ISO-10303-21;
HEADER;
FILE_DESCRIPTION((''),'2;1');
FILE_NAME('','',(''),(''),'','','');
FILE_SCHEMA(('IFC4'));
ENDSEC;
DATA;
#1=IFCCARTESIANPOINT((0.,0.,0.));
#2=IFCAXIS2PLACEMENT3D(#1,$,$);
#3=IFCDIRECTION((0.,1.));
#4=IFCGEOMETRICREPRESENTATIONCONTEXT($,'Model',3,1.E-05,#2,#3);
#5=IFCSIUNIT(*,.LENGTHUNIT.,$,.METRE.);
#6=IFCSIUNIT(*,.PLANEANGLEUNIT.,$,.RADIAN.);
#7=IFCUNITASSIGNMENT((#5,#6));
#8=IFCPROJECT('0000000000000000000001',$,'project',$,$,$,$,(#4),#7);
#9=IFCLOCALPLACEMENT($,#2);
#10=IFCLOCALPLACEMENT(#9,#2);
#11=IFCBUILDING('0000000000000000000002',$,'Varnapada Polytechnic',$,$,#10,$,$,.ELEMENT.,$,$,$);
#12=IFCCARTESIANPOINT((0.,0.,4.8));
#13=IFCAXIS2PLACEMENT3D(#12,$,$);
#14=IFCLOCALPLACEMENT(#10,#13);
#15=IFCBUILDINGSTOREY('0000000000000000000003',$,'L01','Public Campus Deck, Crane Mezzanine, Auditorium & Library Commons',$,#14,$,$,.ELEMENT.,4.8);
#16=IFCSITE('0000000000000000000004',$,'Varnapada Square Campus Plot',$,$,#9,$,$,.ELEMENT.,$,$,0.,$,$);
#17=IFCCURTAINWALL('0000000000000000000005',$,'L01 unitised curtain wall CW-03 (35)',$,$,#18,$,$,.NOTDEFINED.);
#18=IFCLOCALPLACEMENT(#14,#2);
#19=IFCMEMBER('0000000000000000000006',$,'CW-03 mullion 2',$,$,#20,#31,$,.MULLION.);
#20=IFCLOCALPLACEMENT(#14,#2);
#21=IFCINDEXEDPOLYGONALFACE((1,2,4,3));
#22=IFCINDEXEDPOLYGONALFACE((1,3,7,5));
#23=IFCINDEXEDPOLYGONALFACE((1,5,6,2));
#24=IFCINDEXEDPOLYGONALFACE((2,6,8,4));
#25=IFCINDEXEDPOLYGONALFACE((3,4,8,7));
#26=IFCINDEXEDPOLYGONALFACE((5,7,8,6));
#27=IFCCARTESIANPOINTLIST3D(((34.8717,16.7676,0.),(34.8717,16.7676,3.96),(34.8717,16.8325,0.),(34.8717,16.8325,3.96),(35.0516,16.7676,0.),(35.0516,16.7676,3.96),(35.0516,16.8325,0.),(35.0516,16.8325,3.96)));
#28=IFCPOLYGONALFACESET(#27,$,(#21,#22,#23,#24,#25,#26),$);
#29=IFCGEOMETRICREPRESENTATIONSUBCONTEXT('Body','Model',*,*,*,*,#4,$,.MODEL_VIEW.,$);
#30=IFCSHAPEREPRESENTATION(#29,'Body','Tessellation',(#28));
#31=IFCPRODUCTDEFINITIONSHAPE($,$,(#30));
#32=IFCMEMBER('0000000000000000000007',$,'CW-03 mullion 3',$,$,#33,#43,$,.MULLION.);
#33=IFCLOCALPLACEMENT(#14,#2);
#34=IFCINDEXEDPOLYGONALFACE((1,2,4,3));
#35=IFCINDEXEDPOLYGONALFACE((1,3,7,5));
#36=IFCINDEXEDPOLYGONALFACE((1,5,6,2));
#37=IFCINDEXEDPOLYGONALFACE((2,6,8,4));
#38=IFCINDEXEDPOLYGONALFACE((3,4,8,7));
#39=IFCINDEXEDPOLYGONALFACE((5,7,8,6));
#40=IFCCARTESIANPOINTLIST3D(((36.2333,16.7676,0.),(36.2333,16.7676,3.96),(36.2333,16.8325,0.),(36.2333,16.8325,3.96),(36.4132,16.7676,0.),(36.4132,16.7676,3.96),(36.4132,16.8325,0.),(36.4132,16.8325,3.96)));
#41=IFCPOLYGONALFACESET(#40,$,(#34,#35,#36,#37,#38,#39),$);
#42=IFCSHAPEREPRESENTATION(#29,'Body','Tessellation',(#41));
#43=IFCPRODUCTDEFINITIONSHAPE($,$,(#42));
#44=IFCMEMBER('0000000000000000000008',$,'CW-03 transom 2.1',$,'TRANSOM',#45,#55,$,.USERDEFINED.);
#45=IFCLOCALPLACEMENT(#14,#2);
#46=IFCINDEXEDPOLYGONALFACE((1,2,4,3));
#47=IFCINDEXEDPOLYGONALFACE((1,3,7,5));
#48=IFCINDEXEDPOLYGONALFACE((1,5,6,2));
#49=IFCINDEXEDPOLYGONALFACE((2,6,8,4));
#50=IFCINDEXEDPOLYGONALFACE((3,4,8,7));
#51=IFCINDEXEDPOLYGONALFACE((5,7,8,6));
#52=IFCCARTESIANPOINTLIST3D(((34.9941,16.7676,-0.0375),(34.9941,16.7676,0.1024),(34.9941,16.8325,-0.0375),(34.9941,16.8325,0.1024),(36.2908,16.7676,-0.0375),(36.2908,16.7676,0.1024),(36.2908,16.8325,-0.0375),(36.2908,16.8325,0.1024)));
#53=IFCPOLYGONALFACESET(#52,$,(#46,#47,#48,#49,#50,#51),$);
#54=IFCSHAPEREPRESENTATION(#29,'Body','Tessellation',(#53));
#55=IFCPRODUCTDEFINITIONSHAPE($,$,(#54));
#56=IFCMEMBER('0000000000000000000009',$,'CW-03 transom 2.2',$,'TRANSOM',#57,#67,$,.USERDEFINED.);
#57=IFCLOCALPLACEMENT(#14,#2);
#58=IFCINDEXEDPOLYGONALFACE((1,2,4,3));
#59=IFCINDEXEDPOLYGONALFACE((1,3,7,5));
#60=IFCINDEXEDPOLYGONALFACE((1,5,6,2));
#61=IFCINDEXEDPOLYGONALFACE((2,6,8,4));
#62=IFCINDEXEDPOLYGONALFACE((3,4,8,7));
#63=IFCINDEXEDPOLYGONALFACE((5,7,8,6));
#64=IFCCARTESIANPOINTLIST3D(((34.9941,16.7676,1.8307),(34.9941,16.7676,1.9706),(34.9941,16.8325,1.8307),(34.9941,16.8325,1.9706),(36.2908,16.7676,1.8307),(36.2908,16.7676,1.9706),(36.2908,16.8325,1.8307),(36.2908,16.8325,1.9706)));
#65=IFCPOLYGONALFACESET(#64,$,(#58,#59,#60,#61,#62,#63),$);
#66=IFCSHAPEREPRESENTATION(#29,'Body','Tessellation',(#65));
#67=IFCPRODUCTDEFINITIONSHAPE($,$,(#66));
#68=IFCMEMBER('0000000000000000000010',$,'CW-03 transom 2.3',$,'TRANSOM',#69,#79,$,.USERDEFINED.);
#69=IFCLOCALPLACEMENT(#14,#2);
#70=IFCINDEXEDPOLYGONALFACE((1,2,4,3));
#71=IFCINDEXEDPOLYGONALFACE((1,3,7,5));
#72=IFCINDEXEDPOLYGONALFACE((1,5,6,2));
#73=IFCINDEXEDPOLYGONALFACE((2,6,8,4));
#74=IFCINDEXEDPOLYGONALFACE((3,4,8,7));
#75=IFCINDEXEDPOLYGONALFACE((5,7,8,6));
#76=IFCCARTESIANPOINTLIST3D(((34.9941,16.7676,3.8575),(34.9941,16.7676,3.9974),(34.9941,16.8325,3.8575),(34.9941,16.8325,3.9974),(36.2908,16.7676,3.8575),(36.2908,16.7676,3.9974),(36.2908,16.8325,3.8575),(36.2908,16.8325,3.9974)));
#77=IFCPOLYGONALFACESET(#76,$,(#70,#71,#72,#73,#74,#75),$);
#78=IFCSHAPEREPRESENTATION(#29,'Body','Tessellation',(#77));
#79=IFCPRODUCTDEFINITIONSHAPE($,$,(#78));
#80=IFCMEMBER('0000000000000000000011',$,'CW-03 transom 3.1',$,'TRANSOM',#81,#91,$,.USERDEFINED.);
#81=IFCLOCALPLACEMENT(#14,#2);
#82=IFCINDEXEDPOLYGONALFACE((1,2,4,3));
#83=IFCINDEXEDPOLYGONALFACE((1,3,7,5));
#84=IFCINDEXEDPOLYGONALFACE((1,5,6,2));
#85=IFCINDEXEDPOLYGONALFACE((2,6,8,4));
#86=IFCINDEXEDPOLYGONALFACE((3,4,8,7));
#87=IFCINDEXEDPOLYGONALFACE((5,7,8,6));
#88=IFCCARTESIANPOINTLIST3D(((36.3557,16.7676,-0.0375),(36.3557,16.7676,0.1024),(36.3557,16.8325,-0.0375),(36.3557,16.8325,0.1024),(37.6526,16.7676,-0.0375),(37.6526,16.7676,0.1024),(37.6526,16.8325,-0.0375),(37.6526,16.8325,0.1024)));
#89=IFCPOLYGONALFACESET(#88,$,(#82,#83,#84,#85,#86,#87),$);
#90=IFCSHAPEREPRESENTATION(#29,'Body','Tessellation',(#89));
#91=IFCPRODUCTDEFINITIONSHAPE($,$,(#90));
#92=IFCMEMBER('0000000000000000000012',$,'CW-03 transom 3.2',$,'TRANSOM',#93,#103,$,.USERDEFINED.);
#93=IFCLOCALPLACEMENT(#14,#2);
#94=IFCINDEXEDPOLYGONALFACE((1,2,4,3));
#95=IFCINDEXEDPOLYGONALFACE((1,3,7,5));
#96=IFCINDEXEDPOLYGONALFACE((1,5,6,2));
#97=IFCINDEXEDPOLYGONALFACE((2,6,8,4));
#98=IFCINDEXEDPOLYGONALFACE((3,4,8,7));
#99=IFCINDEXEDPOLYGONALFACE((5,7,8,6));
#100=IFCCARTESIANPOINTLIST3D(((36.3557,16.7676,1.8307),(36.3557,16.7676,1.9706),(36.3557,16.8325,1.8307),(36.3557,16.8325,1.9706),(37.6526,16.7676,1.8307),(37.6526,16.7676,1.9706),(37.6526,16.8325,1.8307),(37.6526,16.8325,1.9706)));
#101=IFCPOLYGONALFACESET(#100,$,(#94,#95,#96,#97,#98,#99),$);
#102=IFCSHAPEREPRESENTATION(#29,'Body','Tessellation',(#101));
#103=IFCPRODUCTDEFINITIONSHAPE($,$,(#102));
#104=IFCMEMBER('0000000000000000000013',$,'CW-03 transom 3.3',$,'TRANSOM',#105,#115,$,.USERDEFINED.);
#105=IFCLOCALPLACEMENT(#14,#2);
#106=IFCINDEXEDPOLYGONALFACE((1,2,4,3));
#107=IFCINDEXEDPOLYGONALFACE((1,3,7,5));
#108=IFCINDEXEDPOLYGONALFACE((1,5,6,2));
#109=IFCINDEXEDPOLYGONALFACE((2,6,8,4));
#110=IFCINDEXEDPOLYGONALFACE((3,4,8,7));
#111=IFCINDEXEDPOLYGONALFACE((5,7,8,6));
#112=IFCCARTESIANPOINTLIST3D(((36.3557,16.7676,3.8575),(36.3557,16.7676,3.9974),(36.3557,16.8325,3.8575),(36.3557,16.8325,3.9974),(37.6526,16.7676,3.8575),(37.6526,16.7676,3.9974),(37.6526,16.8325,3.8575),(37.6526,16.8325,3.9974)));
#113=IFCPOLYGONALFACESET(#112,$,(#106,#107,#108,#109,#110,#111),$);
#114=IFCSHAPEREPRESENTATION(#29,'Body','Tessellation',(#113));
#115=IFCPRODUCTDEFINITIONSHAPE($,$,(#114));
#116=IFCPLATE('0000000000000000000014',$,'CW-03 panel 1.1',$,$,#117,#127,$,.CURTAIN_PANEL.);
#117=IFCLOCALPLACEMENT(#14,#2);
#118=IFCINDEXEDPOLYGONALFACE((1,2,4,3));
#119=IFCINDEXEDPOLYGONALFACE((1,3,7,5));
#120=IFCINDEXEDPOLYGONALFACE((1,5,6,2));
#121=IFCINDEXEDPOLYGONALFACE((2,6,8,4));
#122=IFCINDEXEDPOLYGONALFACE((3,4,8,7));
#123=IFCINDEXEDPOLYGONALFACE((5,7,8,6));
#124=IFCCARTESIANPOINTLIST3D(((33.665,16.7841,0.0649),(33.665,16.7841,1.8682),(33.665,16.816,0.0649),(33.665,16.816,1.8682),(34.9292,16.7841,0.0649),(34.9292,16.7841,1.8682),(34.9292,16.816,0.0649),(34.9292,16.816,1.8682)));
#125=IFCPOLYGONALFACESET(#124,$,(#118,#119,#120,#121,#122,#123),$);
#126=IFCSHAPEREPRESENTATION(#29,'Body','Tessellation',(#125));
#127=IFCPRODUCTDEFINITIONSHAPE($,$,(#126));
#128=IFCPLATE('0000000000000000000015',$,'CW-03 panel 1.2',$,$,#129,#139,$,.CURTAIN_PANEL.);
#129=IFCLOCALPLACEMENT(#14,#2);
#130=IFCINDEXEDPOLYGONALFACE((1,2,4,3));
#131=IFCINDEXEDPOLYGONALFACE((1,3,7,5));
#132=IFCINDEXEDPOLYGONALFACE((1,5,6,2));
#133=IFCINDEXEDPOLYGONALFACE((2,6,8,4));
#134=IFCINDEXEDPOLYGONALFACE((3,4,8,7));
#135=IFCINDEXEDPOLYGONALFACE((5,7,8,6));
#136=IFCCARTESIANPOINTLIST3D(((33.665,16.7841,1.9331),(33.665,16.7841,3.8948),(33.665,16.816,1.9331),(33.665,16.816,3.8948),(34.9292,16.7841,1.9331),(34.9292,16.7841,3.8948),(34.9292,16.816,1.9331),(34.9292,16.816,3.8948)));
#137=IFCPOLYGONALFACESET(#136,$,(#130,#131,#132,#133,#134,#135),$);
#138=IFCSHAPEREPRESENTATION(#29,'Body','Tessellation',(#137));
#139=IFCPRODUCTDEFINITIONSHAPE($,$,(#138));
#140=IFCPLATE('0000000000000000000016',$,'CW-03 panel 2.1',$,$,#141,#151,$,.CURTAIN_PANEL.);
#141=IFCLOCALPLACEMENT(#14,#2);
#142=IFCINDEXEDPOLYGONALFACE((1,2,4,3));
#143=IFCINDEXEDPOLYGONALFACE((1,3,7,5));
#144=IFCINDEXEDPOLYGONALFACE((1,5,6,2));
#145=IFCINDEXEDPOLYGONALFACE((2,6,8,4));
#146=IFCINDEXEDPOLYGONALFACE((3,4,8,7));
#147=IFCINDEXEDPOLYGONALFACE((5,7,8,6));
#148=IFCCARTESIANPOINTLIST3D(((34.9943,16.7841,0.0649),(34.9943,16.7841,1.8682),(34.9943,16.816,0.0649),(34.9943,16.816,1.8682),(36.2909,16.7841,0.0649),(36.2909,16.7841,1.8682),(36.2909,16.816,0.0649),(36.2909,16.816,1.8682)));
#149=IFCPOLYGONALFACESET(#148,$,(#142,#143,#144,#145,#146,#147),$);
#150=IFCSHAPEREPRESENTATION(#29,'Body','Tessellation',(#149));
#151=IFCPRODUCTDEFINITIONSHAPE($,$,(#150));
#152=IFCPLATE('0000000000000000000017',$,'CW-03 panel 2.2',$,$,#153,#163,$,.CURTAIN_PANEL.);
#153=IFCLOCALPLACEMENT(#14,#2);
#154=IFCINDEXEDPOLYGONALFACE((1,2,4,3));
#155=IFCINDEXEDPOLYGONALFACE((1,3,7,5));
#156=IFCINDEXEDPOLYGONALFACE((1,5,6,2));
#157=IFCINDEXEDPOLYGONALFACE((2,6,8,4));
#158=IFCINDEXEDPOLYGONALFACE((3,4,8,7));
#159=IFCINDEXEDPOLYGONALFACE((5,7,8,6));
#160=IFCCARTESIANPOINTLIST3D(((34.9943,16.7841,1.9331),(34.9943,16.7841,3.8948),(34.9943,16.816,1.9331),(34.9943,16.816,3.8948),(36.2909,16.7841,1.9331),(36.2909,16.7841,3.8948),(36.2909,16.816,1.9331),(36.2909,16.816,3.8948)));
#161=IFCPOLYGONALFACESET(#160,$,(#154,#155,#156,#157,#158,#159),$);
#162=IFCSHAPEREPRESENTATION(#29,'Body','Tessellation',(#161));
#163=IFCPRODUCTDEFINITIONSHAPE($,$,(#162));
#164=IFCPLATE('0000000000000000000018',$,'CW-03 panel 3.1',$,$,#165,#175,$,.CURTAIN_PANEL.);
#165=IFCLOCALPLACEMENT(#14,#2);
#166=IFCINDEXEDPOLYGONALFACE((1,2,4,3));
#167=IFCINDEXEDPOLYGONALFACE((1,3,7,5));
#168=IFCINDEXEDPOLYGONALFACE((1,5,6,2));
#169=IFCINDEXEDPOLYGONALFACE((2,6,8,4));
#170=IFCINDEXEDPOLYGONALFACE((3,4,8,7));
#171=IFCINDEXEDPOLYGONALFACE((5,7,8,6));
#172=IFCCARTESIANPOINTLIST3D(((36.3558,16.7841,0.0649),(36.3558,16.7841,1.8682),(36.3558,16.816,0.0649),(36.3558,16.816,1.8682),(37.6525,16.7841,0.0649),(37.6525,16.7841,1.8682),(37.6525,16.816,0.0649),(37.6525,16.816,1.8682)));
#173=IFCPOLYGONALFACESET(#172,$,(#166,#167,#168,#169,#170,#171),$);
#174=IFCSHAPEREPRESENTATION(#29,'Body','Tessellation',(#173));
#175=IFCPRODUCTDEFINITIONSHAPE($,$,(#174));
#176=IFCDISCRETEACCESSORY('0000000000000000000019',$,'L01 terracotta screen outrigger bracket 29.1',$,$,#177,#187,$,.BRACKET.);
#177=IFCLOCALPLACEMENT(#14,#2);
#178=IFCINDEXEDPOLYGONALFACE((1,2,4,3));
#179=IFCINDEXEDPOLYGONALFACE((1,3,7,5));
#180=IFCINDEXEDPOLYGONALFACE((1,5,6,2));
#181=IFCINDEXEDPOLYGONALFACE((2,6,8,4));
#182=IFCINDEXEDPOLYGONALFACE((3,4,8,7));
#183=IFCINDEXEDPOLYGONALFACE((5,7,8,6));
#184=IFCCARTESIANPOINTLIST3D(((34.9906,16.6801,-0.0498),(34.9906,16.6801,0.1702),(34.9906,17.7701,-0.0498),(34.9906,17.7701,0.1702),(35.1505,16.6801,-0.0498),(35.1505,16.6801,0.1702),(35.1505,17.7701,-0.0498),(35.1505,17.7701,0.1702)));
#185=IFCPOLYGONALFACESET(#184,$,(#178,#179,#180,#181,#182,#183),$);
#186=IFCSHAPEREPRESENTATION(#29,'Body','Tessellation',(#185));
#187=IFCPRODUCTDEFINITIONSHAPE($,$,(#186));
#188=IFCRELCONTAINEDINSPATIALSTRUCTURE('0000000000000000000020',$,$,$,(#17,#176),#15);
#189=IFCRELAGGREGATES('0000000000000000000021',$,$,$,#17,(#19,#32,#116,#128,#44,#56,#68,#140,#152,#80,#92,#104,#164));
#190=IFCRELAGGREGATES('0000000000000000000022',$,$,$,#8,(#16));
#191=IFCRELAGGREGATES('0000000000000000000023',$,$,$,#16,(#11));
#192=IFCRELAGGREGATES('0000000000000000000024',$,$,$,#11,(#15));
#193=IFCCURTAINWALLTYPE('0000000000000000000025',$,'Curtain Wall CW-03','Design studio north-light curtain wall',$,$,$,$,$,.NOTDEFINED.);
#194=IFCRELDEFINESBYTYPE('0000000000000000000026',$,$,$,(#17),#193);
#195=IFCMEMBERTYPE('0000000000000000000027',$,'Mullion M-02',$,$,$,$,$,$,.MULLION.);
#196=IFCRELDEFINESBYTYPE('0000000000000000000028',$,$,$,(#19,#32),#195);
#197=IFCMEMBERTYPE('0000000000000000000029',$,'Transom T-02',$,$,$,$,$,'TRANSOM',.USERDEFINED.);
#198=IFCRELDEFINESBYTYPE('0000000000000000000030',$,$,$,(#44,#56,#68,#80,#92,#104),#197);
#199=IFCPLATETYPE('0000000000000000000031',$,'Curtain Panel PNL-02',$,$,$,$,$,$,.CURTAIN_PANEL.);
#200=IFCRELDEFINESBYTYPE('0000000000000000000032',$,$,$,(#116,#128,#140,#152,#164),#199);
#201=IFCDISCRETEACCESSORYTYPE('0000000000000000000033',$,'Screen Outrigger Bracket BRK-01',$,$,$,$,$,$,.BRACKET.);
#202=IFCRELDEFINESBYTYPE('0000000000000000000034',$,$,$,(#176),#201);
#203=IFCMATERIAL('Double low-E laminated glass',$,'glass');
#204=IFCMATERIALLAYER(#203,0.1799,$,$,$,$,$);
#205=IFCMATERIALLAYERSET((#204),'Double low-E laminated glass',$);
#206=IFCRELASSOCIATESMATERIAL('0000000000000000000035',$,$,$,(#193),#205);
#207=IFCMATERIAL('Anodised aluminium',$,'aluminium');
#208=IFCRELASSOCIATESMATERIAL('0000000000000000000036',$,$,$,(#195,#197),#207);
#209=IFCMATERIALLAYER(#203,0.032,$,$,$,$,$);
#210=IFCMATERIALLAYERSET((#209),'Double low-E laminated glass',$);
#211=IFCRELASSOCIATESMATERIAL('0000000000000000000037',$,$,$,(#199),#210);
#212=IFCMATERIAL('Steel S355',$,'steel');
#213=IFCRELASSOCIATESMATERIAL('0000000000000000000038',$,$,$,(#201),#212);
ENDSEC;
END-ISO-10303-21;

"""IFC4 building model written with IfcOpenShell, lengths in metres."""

from ifc_helpers import new_model, si_unit, direction, frame, origin, origin_2d, place, context, subcontext, project, spatial, rectangle, extrude, material, layer, layer_set, material_profile, profile_set, type_object, element, aggregate, save


model = new_model("IFC4")

# Units and contexts
model_context = context("Model", 3, precision=1e-05, world=origin(), true_north=direction((0.0, 1.0)))
body_context = subcontext(model_context, "Body", "Model", "MODEL_VIEW")
ifc_project = project(units=[si_unit("LENGTHUNIT", "METRE"), si_unit("PLANEANGLEUNIT", "RADIAN")], contexts=[model_context])

# Site, building, storey
site_placement = place(None, origin())
site = spatial("IfcSite", under=ifc_project, at=site_placement, Name="Varnapada Square Campus Plot", CompositionType="ELEMENT", RefElevation=0.0)
building_placement = place(site_placement, origin())
building = spatial("IfcBuilding", under=site, at=building_placement, Name="Varnapada Polytechnic", CompositionType="ELEMENT")
storey_placement = place(building_placement, frame((0.0, 0.0, 4.8)))
storey = spatial("IfcBuildingStorey", under=building, at=storey_placement, Name="L01", Description="Public Campus Deck, Crane Mezzanine, Auditorium & Library Commons", CompositionType="ELEMENT", Elevation=4.8)

# Curtain wall, members, plates
ifc_material_1 = material(Name="Double low-E laminated glass", Category="glass")
ifc_layer_1 = layer(ifc_material_1, 0.1799)
ifc_layer_set_1 = layer_set([ifc_layer_1], Name="Double low-E laminated glass")
curtain_wall_type = type_object("IfcCurtainWallType", Name="Curtain Wall CW-03", Description="Design studio north-light curtain wall", PredefinedType="NOTDEFINED", material=ifc_layer_set_1)
curtain_wall_placement = place(storey_placement, origin())
curtain_wall = element("IfcCurtainWall", 1, at=curtain_wall_placement, inside=storey, type_object=curtain_wall_type, Name="L01 unitised curtain wall CW-03 (35)", PredefinedType="NOTDEFINED")
ifc_material_2 = material(Name="Anodised aluminium", Category="aluminium")
ifc_material_profile_1 = material_profile(ifc_material_2, rectangle(XDim=0.0649, YDim=0.1799, at=origin_2d()), Name="ALU M65x180")
ifc_profile_set_1 = profile_set([ifc_material_profile_1], Name="Anodised aluminium")
member_type_1 = type_object("IfcMemberType", Name="Mullion M-02", PredefinedType="MULLION", material=ifc_profile_set_1)
member_1_placement = place(storey_placement, frame((34.9617, 16.8, 0.0), z_axis=(0.0, 0.0, 1.0), x_axis=(0.0, 1.0, 0.0)))
member_1 = element("IfcMember", 2, at=member_1_placement, type_object=member_type_1, Name="CW-03 mullion 2", PredefinedType="MULLION", context=body_context, shape_type="SweptSolid", body=[
    extrude(rectangle(XDim=0.0649, YDim=0.1799, at=origin_2d()), origin(), (0.0, 0.0, 1.0), 3.96),
])
member_2_placement = place(storey_placement, frame((36.3232, 16.8, 0.0), z_axis=(0.0, 0.0, 1.0), x_axis=(0.0, 1.0, 0.0)))
member_2 = element("IfcMember", 3, at=member_2_placement, type_object=member_type_1, Name="CW-03 mullion 3", PredefinedType="MULLION", context=body_context, shape_type="SweptSolid", body=[
    extrude(rectangle(XDim=0.0649, YDim=0.1799, at=origin_2d()), origin(), (0.0, 0.0, 1.0), 3.96),
])
ifc_material_profile_2 = material_profile(ifc_material_2, rectangle(XDim=0.0649, YDim=0.1399, at=origin_2d()), Name="ALU T65x140")
ifc_profile_set_2 = profile_set([ifc_material_profile_2], Name="Anodised aluminium")
member_type_2 = type_object("IfcMemberType", Name="Transom T-02", ElementType="TRANSOM", PredefinedType="USERDEFINED", material=ifc_profile_set_2)
member_3_placement = place(storey_placement, frame((34.9941, 16.8, 0.0325), z_axis=(1.0, 0.0, 0.0), x_axis=(0.0, 1.0, 0.0)))
member_3 = element("IfcMember", 4, at=member_3_placement, type_object=member_type_2, Name="CW-03 transom 2.1", ObjectType="TRANSOM", PredefinedType="USERDEFINED", context=body_context, shape_type="SweptSolid", body=[
    extrude(rectangle(XDim=0.0649, YDim=0.1399, at=origin_2d()), origin(), (0.0, 0.0, 1.0), 1.2966),
])
member_4_placement = place(storey_placement, frame((34.9941, 16.8, 1.9006), z_axis=(1.0, 0.0, 0.0), x_axis=(0.0, 1.0, 0.0)))
member_4 = element("IfcMember", 5, at=member_4_placement, type_object=member_type_2, Name="CW-03 transom 2.2", ObjectType="TRANSOM", PredefinedType="USERDEFINED", context=body_context, shape_type="SweptSolid", body=[
    extrude(rectangle(XDim=0.0649, YDim=0.1399, at=origin_2d()), origin(), (0.0, 0.0, 1.0), 1.2966),
])
member_5_placement = place(storey_placement, frame((34.9941, 16.8, 3.9275), z_axis=(1.0, 0.0, 0.0), x_axis=(0.0, 1.0, 0.0)))
member_5 = element("IfcMember", 6, at=member_5_placement, type_object=member_type_2, Name="CW-03 transom 2.3", ObjectType="TRANSOM", PredefinedType="USERDEFINED", context=body_context, shape_type="SweptSolid", body=[
    extrude(rectangle(XDim=0.0649, YDim=0.1399, at=origin_2d()), origin(), (0.0, 0.0, 1.0), 1.2966),
])
member_6_placement = place(storey_placement, frame((36.3557, 16.8, 0.0325), z_axis=(1.0, 0.0, 0.0), x_axis=(0.0, 1.0, 0.0)))
member_6 = element("IfcMember", 7, at=member_6_placement, type_object=member_type_2, Name="CW-03 transom 3.1", ObjectType="TRANSOM", PredefinedType="USERDEFINED", context=body_context, shape_type="SweptSolid", body=[
    extrude(rectangle(XDim=0.0649, YDim=0.1399, at=origin_2d()), origin(), (0.0, 0.0, 1.0), 1.2969),
])
member_7_placement = place(storey_placement, frame((36.3557, 16.8, 1.9006), z_axis=(1.0, 0.0, 0.0), x_axis=(0.0, 1.0, 0.0)))
member_7 = element("IfcMember", 8, at=member_7_placement, type_object=member_type_2, Name="CW-03 transom 3.2", ObjectType="TRANSOM", PredefinedType="USERDEFINED", context=body_context, shape_type="SweptSolid", body=[
    extrude(rectangle(XDim=0.0649, YDim=0.1399, at=origin_2d()), origin(), (0.0, 0.0, 1.0), 1.2969),
])
member_8_placement = place(storey_placement, frame((36.3557, 16.8, 3.9275), z_axis=(1.0, 0.0, 0.0), x_axis=(0.0, 1.0, 0.0)))
member_8 = element("IfcMember", 9, at=member_8_placement, type_object=member_type_2, Name="CW-03 transom 3.3", ObjectType="TRANSOM", PredefinedType="USERDEFINED", context=body_context, shape_type="SweptSolid", body=[
    extrude(rectangle(XDim=0.0649, YDim=0.1399, at=origin_2d()), origin(), (0.0, 0.0, 1.0), 1.2969),
])
ifc_layer_2 = layer(ifc_material_1, 0.032)
ifc_layer_set_2 = layer_set([ifc_layer_2], Name="Double low-E laminated glass")
plate_type = type_object("IfcPlateType", Name="Curtain Panel PNL-02", PredefinedType="CURTAIN_PANEL", material=ifc_layer_set_2)
plate_1_placement = place(storey_placement, frame((34.2971, 16.8, 0.0649), z_axis=(0.0, 0.0, 1.0), x_axis=(1.0, 0.0, 0.0)))
plate_1 = element("IfcPlate", 10, at=plate_1_placement, type_object=plate_type, Name="CW-03 panel 1.1", PredefinedType="CURTAIN_PANEL", context=body_context, shape_type="SweptSolid", body=[
    extrude(rectangle(XDim=1.2642, YDim=0.032, at=origin_2d()), origin(), (0.0, 0.0, 1.0), 1.8032),
])
plate_2_placement = place(storey_placement, frame((34.2971, 16.8, 1.9331), z_axis=(0.0, 0.0, 1.0), x_axis=(1.0, 0.0, 0.0)))
plate_2 = element("IfcPlate", 11, at=plate_2_placement, type_object=plate_type, Name="CW-03 panel 1.2", PredefinedType="CURTAIN_PANEL", context=body_context, shape_type="SweptSolid", body=[
    extrude(rectangle(XDim=1.2642, YDim=0.032, at=origin_2d()), origin(), (0.0, 0.0, 1.0), 1.9617),
])
plate_3_placement = place(storey_placement, frame((35.6426, 16.8, 0.0649), z_axis=(0.0, 0.0, 1.0), x_axis=(1.0, 0.0, 0.0)))
plate_3 = element("IfcPlate", 12, at=plate_3_placement, type_object=plate_type, Name="CW-03 panel 2.1", PredefinedType="CURTAIN_PANEL", context=body_context, shape_type="SweptSolid", body=[
    extrude(rectangle(XDim=1.2966, YDim=0.032, at=origin_2d()), origin(), (0.0, 0.0, 1.0), 1.8032),
])
plate_4_placement = place(storey_placement, frame((35.6426, 16.8, 1.9331), z_axis=(0.0, 0.0, 1.0), x_axis=(1.0, 0.0, 0.0)))
plate_4 = element("IfcPlate", 13, at=plate_4_placement, type_object=plate_type, Name="CW-03 panel 2.2", PredefinedType="CURTAIN_PANEL", context=body_context, shape_type="SweptSolid", body=[
    extrude(rectangle(XDim=1.2966, YDim=0.032, at=origin_2d()), origin(), (0.0, 0.0, 1.0), 1.9617),
])
plate_5_placement = place(storey_placement, frame((37.0042, 16.8, 0.0649), z_axis=(0.0, 0.0, 1.0), x_axis=(1.0, 0.0, 0.0)))
plate_5 = element("IfcPlate", 14, at=plate_5_placement, type_object=plate_type, Name="CW-03 panel 3.1", PredefinedType="CURTAIN_PANEL", context=body_context, shape_type="SweptSolid", body=[
    extrude(rectangle(XDim=1.2966, YDim=0.032, at=origin_2d()), origin(), (0.0, 0.0, 1.0), 1.8032),
])
aggregate(curtain_wall, [member_1, member_2, plate_1, plate_2, member_3, member_4, member_5, plate_3, plate_4, member_6, member_7, member_8, plate_5])

# Discrete accessory
ifc_material_3 = material(Name="Steel S355", Category="steel")
discrete_accessory_type = type_object("IfcDiscreteAccessoryType", Name="Screen Outrigger Bracket BRK-01", PredefinedType="BRACKET", material=ifc_material_3)
discrete_accessory_placement = place(storey_placement, frame((35.0706, 17.2251, -0.0498), z_axis=(0.0, 0.0, 1.0), x_axis=(1.0, 0.0, 0.0)))
element("IfcDiscreteAccessory", 15, at=discrete_accessory_placement, inside=storey, type_object=discrete_accessory_type, Name="L01 terracotta screen outrigger bracket 29.1", PredefinedType="BRACKET", context=body_context, shape_type="SweptSolid", body=[
    extrude(rectangle(XDim=0.1599, YDim=1.0901, at=origin_2d()), origin(), (0.0, 0.0, 1.0), 0.22),
])

save(model, "model.ifc")
